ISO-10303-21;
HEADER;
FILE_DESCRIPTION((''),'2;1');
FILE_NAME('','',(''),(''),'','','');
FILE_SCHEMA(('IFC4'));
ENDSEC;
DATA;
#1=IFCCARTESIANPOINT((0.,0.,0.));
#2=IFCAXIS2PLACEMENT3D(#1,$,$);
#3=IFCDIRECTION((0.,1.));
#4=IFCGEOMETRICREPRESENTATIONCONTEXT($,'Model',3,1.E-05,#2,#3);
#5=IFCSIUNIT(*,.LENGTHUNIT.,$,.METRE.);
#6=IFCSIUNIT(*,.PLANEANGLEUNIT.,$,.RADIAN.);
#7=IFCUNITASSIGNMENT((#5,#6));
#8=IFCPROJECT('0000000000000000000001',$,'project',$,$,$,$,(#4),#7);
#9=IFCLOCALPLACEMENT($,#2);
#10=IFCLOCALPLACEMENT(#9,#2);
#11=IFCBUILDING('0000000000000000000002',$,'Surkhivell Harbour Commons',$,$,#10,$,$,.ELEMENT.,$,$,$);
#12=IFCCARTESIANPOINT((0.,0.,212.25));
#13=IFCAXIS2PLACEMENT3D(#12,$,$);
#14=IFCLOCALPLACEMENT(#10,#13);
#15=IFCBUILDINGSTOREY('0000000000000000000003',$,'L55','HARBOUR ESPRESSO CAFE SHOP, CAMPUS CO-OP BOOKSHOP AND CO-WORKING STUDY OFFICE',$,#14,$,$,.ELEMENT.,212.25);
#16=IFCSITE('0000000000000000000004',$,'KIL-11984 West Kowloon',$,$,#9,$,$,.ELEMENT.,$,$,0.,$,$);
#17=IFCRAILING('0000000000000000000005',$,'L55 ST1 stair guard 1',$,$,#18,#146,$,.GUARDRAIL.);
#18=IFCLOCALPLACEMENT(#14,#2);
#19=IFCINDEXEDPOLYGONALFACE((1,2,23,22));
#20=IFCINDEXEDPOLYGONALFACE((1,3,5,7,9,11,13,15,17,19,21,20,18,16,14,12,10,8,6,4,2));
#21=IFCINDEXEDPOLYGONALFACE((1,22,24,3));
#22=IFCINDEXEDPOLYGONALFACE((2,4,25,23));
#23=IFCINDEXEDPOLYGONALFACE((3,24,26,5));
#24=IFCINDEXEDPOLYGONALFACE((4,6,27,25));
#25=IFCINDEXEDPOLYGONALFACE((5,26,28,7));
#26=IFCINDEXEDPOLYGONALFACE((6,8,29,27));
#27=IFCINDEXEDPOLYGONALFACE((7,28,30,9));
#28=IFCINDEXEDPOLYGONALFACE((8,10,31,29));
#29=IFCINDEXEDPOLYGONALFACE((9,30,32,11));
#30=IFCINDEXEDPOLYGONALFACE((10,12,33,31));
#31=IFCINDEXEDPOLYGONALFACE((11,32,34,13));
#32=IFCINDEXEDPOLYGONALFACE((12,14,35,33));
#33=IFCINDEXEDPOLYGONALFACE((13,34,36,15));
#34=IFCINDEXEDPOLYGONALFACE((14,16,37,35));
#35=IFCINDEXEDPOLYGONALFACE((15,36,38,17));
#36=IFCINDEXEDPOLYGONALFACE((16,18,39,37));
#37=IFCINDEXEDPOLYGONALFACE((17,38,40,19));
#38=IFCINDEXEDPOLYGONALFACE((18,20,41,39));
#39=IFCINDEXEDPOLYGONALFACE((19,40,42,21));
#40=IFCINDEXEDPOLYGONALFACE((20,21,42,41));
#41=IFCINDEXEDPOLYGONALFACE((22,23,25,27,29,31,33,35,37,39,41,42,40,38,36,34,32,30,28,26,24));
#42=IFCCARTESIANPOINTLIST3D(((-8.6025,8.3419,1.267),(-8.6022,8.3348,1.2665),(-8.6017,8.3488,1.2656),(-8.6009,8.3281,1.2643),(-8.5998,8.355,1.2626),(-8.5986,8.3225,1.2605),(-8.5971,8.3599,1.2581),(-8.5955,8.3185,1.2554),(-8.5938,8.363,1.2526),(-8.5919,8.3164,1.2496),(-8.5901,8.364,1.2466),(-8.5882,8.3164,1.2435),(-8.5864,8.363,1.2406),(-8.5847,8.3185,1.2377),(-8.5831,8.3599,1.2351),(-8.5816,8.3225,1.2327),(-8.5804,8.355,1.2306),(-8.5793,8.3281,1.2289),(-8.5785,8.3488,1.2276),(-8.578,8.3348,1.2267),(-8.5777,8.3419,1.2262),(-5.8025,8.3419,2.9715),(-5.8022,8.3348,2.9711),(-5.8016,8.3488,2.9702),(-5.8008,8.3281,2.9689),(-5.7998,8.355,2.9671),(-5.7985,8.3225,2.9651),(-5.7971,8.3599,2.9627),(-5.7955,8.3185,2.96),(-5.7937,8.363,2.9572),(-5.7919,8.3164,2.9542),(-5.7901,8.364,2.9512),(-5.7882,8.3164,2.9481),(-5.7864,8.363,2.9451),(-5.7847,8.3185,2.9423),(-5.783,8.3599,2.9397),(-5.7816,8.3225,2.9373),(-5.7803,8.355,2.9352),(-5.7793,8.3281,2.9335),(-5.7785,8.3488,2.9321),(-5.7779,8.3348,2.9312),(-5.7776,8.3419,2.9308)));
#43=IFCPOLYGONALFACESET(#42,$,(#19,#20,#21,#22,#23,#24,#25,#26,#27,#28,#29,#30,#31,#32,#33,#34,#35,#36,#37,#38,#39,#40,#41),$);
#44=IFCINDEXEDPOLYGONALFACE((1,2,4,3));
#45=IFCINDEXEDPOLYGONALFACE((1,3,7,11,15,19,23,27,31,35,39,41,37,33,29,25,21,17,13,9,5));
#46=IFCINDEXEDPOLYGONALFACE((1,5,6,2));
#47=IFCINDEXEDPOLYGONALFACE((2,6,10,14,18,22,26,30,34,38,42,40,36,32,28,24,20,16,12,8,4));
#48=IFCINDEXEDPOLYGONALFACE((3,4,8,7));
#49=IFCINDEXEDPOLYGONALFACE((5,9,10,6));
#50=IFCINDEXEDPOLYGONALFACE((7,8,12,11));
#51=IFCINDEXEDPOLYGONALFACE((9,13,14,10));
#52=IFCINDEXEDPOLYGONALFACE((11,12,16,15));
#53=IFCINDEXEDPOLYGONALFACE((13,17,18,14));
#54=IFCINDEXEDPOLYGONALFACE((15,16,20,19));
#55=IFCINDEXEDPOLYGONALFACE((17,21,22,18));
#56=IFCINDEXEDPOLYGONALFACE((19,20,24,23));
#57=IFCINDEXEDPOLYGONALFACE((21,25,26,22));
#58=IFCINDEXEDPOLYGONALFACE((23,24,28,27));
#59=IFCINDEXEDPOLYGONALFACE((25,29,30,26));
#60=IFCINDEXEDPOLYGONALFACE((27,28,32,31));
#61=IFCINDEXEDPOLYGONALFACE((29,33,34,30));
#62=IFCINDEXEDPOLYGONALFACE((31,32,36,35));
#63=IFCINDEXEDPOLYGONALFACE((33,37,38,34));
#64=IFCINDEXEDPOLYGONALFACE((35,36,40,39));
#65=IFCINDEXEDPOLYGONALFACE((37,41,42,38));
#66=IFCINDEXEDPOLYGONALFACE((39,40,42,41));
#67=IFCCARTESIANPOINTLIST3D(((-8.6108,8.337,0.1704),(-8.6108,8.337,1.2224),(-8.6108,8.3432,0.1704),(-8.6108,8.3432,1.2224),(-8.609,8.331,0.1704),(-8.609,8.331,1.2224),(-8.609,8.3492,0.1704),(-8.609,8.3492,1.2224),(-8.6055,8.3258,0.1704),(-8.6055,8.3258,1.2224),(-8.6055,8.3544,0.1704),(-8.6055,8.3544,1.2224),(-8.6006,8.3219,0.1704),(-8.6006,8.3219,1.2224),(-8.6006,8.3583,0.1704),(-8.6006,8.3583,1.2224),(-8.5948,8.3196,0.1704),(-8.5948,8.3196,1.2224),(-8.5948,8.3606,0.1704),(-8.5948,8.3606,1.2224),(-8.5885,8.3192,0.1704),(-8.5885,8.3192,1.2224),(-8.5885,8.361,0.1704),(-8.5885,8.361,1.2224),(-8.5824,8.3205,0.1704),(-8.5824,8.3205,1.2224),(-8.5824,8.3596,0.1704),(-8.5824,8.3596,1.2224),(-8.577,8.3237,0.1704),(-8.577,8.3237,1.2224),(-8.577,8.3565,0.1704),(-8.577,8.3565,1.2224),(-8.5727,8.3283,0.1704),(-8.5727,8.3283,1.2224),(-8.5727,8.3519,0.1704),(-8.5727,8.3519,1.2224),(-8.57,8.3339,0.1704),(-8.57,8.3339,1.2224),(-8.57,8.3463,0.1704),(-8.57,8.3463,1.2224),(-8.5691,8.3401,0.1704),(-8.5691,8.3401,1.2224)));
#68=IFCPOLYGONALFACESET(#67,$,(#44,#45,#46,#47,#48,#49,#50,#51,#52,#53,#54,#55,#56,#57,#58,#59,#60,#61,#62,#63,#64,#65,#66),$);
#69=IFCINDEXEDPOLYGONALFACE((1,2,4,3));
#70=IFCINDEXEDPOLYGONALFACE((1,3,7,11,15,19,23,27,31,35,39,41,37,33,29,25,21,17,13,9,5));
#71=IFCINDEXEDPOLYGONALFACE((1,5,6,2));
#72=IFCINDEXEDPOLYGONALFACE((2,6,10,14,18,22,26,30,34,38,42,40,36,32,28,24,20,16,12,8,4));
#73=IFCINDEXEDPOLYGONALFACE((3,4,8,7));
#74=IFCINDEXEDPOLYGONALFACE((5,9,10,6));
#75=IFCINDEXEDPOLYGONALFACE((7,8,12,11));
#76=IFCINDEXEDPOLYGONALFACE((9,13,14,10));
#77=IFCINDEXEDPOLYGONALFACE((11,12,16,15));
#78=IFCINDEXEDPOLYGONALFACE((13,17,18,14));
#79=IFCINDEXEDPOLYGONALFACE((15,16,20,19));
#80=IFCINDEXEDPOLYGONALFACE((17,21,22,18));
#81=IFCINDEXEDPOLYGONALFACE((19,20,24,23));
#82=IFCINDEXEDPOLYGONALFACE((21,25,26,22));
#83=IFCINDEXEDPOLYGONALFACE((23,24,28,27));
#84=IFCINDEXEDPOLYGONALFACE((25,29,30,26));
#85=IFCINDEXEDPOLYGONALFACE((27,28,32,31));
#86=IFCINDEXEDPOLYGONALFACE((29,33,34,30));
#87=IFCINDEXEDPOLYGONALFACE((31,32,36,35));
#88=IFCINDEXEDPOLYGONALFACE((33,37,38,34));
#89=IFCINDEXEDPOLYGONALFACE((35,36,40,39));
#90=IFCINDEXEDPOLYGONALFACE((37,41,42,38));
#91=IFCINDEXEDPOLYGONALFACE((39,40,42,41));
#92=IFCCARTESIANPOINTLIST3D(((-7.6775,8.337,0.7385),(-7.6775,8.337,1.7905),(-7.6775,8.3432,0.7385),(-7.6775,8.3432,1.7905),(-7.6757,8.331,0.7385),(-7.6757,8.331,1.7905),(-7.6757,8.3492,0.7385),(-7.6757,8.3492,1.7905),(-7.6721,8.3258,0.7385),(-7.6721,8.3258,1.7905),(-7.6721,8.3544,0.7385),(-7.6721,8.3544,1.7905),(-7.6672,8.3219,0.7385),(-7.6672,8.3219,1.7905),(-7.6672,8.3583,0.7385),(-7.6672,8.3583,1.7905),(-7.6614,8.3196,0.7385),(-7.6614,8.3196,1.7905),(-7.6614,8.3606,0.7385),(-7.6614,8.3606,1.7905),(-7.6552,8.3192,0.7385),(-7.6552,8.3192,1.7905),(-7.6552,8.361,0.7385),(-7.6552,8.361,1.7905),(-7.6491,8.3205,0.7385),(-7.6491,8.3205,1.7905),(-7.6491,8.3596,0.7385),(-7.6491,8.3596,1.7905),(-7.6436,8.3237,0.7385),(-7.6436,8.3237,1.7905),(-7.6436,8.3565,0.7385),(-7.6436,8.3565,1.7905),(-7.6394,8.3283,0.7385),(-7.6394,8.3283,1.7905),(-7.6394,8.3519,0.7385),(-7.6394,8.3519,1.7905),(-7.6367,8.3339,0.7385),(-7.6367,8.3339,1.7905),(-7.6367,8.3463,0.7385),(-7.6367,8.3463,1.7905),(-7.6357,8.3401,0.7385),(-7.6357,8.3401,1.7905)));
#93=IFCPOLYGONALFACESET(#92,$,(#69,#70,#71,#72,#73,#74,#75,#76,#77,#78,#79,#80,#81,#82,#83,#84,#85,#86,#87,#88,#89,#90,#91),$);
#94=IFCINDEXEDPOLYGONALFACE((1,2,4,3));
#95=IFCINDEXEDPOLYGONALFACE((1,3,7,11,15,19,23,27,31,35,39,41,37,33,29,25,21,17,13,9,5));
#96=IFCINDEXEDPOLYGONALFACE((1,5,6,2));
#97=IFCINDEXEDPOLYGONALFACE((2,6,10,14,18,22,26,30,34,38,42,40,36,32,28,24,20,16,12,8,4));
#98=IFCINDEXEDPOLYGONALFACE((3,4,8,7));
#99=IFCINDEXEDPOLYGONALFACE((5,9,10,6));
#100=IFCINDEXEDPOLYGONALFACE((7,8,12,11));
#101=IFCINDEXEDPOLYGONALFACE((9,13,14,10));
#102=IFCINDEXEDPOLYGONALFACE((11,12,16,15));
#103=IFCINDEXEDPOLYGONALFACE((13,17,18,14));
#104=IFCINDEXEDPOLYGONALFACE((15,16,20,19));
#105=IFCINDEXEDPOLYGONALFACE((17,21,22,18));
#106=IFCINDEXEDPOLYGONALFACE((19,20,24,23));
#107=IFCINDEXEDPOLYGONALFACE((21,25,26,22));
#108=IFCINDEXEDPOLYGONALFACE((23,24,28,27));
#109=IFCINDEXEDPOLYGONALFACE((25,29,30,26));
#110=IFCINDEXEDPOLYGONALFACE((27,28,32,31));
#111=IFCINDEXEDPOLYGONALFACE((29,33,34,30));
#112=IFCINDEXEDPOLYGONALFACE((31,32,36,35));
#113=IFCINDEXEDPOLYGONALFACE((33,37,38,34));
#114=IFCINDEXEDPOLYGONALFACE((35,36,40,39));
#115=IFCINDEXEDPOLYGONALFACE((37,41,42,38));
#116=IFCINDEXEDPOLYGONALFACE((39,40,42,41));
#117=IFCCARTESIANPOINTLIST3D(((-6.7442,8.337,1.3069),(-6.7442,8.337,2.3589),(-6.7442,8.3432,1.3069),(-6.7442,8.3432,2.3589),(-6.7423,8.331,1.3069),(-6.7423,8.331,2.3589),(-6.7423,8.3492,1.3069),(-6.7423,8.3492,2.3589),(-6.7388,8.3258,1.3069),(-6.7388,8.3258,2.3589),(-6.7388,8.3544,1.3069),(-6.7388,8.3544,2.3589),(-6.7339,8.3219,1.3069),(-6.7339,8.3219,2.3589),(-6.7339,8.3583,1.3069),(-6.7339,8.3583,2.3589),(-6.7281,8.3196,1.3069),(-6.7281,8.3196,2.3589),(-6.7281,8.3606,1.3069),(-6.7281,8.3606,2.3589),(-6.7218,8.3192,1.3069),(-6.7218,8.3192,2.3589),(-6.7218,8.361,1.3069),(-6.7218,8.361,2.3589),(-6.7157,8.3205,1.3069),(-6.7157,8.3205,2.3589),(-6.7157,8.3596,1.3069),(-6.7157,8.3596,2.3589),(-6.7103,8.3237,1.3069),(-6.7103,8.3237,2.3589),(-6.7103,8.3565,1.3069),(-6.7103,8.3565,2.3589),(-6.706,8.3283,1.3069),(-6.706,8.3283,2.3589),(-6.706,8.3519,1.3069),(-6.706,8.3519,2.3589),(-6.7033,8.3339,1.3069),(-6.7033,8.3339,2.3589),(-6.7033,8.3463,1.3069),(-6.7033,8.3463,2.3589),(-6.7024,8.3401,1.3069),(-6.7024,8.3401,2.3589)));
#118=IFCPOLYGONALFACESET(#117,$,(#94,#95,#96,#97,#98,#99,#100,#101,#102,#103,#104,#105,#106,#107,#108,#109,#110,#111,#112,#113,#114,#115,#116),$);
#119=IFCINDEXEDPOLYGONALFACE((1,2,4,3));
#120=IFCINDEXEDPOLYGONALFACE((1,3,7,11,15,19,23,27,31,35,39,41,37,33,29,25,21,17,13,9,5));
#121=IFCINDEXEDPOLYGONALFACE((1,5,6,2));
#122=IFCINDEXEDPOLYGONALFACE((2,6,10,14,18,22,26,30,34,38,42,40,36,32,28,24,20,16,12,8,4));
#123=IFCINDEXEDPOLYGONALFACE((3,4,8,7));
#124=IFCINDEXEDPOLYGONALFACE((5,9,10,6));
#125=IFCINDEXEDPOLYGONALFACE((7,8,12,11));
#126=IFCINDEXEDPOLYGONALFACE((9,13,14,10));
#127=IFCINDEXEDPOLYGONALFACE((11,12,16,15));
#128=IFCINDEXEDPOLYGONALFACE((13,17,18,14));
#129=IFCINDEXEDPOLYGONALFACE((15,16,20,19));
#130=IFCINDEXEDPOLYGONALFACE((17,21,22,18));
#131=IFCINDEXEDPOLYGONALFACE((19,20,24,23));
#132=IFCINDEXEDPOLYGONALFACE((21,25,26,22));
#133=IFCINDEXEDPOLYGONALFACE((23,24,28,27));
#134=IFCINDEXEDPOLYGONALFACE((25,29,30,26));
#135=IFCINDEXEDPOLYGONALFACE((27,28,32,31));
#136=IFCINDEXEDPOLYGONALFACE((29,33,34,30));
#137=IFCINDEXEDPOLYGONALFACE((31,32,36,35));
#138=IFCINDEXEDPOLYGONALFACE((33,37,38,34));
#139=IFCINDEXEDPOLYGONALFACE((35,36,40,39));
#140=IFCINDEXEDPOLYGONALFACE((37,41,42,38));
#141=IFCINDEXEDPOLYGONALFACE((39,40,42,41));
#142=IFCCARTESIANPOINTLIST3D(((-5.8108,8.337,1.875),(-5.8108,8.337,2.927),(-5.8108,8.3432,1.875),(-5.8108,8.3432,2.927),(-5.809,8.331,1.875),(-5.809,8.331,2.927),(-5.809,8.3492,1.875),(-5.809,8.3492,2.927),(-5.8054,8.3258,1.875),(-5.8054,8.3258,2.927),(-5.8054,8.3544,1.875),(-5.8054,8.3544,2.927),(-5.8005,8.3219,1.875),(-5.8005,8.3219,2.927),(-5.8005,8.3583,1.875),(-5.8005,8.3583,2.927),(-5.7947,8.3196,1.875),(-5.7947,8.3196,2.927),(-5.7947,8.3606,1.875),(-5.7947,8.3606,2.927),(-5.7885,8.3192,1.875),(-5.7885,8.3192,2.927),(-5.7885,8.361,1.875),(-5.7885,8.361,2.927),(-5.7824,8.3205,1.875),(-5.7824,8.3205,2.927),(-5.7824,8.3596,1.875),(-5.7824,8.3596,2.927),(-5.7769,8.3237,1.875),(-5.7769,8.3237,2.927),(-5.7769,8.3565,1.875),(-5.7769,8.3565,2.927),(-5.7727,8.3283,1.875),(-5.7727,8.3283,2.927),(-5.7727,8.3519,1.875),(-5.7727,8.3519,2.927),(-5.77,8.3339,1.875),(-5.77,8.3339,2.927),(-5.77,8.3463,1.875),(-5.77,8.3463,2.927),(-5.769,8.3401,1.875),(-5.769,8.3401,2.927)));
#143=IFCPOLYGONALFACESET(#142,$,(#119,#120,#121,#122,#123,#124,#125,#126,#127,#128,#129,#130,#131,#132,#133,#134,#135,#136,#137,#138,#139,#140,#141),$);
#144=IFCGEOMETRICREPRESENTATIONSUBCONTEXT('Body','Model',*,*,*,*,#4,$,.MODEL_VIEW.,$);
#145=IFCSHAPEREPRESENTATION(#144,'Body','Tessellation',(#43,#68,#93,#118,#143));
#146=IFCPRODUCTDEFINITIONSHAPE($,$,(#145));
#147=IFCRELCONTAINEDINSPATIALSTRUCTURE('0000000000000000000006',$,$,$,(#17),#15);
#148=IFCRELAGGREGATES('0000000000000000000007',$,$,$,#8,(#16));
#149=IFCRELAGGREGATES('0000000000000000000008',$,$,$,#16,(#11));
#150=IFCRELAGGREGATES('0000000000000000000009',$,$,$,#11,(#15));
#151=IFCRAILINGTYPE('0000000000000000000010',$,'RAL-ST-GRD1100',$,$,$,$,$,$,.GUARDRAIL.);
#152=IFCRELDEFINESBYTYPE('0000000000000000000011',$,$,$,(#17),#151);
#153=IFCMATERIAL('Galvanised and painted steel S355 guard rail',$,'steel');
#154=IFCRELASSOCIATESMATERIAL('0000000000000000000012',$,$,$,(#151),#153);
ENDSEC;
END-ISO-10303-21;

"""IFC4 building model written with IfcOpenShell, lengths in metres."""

from ifc_helpers import new_model, si_unit, direction, frame, origin, origin_2d, place, context, subcontext, project, spatial, circle, extrude, material, type_object, element, save


model = new_model("IFC4")

# Units and contexts
model_context = context("Model", 3, precision=1e-05, world=origin(), true_north=direction((0.0, 1.0)))
body_context = subcontext(model_context, "Body", "Model", "MODEL_VIEW")
ifc_project = project(units=[si_unit("LENGTHUNIT", "METRE"), si_unit("PLANEANGLEUNIT", "RADIAN")], contexts=[model_context])

# Site, building, storey
site_placement = place(None, origin())
site = spatial("IfcSite", under=ifc_project, at=site_placement, Name="KIL-11984 West Kowloon", CompositionType="ELEMENT", RefElevation=0.0)
building_placement = place(site_placement, origin())
building = spatial("IfcBuilding", under=site, at=building_placement, Name="Surkhivell Harbour Commons", CompositionType="ELEMENT")
storey_placement = place(building_placement, frame((0.0, 0.0, 212.25)))
storey = spatial("IfcBuildingStorey", under=building, at=storey_placement, Name="L55", Description="HARBOUR ESPRESSO CAFE SHOP, CAMPUS CO-OP BOOKSHOP AND CO-WORKING STUDY OFFICE", CompositionType="ELEMENT", Elevation=212.25)

# Railing
ifc_material_1 = material(Name="Galvanised and painted steel S355 guard rail", Category="steel")
railing_type_1 = type_object("IfcRailingType", Name="RAL-ST-GRD1100", PredefinedType="GUARDRAIL", material=ifc_material_1)
railing_1_placement = place(storey_placement, frame((-8.5901, 8.3401, 0.1704)))
element("IfcRailing", 1, at=railing_1_placement, inside=storey, type_object=railing_type_1, Name="L55 ST1 stair guard 1", PredefinedType="GUARDRAIL", context=body_context, shape_type="SweptSolid", body=[
    extrude(circle(Radius=0.0239, at=origin_2d()), frame((0.0, 0.0, 1.0762), z_axis=(0.85417, 0.0, 0.519994), x_axis=(0.0, 1.0, 0.0)), (0.0, 0.0, 1.0), 3.2781),
    extrude(circle(Radius=0.021, at=origin_2d()), origin(), (0.0, 0.0, 1.0), 1.052),
    extrude(circle(Radius=0.021, at=origin_2d()), frame((0.9333, 0.0, 0.5681)), (0.0, 0.0, 1.0), 1.052),
    extrude(circle(Radius=0.021, at=origin_2d()), frame((1.8667, 0.0, 1.1365)), (0.0, 0.0, 1.0), 1.052),
    extrude(circle(Radius=0.021, at=origin_2d()), frame((2.8, 0.0, 1.7046)), (0.0, 0.0, 1.0), 1.052),
])

save(model, "model.ifc")
